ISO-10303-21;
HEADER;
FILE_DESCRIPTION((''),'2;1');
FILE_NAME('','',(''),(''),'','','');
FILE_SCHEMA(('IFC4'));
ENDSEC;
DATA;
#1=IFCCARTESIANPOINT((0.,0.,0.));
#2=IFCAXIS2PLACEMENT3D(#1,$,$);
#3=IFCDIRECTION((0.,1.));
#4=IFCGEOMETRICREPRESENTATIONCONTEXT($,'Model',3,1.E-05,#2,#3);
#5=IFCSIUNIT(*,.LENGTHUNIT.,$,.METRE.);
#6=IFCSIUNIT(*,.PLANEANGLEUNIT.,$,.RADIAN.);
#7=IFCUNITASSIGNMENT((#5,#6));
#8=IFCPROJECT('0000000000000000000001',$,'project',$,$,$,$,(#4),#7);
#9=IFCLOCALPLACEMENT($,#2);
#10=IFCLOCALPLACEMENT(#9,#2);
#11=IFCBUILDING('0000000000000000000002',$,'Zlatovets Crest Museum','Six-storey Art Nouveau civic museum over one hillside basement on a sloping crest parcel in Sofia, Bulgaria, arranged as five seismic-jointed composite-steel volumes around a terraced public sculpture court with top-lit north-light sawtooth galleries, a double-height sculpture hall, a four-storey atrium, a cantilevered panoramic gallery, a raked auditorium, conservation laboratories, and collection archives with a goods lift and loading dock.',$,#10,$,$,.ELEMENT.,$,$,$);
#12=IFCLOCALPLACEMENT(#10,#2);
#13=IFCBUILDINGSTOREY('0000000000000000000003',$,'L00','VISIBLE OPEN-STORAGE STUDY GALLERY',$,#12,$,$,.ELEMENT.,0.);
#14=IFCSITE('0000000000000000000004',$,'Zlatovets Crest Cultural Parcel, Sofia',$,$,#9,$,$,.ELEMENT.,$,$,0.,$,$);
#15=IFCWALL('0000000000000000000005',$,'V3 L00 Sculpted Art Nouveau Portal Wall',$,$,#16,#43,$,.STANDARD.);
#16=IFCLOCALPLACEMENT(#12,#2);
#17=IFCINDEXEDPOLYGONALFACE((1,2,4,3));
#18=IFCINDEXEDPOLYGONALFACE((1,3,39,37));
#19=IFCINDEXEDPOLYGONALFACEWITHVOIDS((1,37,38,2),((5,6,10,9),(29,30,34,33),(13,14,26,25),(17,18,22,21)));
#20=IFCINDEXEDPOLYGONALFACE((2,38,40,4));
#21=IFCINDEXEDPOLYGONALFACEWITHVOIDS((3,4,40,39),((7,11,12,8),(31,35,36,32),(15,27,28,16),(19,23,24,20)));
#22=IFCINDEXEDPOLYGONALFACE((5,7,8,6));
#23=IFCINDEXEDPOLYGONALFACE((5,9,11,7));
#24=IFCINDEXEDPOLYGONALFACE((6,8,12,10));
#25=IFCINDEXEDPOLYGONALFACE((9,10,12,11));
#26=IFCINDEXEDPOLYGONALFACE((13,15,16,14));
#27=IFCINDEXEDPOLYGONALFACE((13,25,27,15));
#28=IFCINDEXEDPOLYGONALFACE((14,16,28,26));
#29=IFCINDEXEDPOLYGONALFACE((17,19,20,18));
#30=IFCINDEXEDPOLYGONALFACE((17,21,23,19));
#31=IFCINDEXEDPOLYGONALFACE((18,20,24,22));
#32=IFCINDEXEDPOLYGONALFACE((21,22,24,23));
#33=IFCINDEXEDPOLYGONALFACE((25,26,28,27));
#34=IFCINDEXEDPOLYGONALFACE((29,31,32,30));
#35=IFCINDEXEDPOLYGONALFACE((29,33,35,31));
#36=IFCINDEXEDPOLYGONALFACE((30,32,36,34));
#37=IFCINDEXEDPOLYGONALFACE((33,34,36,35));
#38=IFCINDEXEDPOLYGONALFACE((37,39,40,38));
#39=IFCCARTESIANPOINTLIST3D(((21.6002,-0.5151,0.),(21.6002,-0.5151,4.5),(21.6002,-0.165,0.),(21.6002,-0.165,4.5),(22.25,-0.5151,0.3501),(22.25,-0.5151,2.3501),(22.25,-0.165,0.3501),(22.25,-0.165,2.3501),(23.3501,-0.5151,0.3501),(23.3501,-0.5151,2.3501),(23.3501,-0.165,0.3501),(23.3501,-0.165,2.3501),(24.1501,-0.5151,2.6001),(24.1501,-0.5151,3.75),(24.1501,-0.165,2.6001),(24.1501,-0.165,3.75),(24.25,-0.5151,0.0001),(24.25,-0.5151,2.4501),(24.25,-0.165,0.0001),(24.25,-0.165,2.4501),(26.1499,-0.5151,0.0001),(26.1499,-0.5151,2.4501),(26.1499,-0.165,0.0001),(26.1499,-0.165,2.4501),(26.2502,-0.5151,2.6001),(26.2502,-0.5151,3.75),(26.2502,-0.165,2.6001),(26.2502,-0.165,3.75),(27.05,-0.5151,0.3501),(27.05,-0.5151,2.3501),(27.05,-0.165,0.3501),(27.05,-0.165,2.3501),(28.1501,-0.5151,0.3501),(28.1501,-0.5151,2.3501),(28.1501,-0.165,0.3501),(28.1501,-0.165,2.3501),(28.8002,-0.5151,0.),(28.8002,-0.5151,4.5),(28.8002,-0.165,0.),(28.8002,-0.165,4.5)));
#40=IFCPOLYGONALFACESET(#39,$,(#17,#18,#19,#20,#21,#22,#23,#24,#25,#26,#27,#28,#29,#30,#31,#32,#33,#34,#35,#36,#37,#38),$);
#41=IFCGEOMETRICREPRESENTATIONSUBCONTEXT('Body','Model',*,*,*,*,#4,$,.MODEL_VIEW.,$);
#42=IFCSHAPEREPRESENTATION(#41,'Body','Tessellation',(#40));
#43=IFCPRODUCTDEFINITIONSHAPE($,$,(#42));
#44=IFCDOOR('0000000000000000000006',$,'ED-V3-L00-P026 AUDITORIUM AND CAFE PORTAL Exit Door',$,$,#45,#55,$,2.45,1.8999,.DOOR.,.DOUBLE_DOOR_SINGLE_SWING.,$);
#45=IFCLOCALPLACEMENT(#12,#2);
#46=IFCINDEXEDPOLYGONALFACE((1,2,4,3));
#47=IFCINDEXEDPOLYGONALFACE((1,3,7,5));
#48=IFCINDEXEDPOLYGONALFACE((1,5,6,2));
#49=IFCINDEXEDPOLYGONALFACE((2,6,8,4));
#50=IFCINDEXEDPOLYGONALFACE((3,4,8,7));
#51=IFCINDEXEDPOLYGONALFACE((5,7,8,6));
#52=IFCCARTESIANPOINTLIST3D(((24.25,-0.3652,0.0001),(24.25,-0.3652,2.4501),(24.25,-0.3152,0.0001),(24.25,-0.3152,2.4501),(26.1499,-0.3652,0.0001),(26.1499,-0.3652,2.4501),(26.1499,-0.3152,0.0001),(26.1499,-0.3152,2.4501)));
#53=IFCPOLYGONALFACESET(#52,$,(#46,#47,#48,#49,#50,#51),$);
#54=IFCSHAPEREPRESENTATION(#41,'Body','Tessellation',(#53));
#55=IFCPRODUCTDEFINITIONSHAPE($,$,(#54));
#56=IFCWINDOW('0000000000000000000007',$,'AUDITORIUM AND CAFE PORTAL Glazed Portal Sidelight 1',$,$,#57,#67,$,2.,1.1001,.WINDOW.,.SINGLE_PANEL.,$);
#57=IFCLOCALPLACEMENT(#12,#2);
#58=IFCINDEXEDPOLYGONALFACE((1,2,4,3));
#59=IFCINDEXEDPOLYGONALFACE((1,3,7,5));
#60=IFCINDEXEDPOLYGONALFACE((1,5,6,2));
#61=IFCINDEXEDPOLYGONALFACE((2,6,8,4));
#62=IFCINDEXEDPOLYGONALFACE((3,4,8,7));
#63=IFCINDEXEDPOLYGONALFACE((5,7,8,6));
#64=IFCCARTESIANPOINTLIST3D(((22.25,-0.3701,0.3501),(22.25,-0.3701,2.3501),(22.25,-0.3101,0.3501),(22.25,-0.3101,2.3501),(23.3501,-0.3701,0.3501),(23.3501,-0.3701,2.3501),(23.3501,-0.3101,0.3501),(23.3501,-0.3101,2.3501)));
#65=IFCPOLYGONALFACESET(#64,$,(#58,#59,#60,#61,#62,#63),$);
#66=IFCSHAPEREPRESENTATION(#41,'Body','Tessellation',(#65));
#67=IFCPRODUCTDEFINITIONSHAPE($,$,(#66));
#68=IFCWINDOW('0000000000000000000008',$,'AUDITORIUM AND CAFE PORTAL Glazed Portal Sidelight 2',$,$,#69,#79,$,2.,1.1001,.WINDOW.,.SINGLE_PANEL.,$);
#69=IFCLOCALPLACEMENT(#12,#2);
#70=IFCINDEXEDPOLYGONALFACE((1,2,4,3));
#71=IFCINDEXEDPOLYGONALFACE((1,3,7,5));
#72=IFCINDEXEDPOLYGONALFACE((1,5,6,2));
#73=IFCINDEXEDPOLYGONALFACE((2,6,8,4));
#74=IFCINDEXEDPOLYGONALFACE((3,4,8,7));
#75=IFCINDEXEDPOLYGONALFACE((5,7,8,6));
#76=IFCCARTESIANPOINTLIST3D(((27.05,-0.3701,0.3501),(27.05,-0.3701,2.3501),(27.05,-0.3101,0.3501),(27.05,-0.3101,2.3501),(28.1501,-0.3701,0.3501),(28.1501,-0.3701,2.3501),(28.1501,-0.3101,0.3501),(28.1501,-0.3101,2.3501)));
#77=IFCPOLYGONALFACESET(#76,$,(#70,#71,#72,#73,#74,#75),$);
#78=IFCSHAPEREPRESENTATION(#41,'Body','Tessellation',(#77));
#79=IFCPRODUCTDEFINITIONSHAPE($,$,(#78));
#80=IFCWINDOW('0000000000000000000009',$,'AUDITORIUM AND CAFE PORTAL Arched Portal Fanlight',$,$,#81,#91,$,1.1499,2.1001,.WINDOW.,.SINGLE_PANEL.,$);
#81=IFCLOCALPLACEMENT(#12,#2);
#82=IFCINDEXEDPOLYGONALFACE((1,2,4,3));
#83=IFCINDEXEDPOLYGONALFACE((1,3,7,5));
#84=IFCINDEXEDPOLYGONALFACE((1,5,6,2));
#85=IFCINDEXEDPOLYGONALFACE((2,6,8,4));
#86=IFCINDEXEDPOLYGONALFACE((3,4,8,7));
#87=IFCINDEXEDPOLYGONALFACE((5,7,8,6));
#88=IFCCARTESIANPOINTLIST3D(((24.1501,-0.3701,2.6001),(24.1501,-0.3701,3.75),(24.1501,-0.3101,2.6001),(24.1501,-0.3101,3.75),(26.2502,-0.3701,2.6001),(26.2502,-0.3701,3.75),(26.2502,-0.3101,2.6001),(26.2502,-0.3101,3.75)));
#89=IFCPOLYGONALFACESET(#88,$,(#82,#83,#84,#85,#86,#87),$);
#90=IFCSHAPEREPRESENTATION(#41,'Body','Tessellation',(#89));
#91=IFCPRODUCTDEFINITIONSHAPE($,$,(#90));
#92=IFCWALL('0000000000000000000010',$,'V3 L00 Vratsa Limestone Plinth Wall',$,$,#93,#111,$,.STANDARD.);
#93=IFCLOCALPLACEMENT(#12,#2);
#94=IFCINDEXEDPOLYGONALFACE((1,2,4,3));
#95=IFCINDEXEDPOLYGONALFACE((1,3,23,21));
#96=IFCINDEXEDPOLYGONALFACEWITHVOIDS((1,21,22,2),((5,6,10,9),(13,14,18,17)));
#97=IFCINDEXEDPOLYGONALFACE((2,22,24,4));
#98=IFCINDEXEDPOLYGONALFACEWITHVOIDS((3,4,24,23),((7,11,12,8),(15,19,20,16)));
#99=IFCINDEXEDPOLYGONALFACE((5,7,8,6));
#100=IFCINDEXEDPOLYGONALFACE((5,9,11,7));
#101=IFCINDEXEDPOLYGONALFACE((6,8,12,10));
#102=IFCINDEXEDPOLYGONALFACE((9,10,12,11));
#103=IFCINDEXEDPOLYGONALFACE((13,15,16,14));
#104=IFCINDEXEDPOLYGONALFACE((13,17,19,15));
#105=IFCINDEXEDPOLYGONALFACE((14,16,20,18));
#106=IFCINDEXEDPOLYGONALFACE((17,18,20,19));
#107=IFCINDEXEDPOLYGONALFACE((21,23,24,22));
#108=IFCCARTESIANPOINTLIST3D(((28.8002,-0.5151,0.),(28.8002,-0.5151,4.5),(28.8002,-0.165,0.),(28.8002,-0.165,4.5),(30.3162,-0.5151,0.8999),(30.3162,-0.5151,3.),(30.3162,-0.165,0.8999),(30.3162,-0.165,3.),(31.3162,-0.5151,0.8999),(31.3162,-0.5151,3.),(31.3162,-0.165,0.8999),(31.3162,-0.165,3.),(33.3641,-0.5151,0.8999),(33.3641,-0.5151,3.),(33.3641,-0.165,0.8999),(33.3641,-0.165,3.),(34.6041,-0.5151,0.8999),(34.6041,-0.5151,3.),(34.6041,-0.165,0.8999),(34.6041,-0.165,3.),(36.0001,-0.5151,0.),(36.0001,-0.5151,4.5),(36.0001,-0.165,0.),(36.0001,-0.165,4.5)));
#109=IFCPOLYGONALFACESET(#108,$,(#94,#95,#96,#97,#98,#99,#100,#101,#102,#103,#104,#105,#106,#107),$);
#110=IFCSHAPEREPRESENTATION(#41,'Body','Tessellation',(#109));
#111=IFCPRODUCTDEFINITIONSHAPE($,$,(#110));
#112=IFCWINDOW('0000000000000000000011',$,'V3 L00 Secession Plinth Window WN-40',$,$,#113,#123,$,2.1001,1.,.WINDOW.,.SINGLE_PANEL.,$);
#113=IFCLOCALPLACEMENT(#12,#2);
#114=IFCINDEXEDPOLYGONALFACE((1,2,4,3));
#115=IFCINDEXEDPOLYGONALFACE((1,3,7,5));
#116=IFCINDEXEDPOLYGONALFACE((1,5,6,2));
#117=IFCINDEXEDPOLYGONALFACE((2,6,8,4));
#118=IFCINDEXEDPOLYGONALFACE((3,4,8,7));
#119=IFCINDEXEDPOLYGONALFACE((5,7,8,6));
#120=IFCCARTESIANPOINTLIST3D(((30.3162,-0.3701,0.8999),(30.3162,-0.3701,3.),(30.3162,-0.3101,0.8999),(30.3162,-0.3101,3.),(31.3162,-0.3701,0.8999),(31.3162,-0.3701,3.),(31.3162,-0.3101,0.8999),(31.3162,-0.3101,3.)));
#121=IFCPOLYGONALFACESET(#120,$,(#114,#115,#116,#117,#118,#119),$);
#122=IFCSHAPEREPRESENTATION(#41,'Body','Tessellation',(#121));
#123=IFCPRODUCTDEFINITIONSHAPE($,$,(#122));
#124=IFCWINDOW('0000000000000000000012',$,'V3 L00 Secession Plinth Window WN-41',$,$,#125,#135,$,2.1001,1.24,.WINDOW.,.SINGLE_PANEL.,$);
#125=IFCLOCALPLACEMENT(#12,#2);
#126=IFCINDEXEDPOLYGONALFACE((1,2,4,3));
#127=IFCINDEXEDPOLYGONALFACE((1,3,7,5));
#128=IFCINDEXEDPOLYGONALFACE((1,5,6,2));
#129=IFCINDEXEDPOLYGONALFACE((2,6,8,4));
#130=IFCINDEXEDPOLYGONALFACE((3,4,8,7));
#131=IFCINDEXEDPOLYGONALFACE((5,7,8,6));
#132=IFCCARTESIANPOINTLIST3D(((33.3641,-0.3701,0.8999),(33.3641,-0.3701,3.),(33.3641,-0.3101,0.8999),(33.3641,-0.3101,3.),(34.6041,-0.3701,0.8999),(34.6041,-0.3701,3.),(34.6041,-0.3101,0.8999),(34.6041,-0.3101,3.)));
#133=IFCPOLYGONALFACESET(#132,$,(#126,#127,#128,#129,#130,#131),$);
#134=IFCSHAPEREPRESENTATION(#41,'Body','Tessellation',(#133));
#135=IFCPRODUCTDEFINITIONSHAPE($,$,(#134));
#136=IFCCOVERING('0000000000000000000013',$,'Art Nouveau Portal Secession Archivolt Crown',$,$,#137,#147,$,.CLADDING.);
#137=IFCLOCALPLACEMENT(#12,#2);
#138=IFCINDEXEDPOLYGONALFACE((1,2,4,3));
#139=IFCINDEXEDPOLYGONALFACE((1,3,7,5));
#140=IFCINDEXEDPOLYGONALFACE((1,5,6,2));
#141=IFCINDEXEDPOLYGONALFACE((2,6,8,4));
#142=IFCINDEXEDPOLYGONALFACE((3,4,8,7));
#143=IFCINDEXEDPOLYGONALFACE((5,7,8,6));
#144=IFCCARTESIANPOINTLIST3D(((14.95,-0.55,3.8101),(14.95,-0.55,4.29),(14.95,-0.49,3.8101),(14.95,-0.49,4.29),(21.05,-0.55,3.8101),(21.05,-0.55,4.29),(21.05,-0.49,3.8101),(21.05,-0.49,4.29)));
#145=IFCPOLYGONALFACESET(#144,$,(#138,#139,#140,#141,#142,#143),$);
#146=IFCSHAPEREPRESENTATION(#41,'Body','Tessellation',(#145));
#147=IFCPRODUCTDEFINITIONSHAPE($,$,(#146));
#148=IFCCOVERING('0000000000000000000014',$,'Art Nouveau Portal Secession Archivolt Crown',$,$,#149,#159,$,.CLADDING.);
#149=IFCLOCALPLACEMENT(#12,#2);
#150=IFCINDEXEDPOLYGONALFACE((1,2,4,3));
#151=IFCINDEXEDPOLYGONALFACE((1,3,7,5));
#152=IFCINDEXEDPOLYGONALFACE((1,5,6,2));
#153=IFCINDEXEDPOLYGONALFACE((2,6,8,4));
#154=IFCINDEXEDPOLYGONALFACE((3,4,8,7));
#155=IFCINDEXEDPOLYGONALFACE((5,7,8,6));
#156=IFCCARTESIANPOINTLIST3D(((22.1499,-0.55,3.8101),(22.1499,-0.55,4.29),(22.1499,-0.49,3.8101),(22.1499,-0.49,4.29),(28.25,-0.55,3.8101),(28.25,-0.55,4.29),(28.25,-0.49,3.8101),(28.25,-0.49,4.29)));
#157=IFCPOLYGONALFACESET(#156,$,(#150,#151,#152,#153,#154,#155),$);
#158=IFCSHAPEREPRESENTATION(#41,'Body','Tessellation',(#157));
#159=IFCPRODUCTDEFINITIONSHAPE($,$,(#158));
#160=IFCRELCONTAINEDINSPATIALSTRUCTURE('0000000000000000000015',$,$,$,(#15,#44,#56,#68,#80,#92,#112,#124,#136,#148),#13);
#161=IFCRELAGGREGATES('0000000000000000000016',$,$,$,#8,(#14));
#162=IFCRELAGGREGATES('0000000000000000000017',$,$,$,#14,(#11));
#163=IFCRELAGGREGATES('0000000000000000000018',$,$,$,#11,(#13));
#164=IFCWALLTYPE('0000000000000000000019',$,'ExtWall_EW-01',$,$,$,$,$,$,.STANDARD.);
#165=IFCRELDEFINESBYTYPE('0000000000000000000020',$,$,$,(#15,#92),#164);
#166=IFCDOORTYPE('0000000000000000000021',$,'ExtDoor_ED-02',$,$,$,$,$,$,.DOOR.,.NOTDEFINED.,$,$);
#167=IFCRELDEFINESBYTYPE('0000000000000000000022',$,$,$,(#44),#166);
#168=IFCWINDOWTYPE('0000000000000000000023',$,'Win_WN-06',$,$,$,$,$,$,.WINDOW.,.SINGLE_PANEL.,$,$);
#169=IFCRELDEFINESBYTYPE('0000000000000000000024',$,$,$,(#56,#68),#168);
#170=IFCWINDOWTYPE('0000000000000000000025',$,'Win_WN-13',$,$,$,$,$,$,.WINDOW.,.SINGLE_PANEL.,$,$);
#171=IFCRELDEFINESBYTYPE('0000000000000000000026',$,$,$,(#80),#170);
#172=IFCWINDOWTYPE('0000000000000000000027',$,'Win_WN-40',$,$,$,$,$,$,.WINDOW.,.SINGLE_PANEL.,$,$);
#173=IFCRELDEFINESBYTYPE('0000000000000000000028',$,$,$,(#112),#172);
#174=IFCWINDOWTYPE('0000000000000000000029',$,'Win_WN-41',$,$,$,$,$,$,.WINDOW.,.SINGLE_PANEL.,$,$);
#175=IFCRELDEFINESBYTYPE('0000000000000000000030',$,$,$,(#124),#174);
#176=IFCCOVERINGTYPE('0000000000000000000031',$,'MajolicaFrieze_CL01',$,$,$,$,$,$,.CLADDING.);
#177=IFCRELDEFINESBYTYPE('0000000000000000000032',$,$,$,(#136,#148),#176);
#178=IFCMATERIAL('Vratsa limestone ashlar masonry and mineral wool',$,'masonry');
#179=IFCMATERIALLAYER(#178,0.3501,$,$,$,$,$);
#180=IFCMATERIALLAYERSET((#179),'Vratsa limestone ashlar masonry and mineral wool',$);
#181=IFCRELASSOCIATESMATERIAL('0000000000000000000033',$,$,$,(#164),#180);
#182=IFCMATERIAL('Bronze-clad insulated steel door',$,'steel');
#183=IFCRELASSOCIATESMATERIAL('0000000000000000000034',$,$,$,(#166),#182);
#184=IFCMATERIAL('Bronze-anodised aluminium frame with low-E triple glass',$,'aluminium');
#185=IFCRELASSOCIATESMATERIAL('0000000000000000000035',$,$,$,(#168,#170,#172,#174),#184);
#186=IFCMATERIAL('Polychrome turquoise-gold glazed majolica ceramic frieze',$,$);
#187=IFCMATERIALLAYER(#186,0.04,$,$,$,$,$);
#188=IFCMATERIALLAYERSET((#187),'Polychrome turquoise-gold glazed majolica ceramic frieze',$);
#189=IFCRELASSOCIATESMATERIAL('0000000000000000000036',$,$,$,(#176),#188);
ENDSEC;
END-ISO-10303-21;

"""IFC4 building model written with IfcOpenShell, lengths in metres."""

from ifc_helpers import new_model, si_unit, direction, frame, frame_2d, origin, origin_2d, place, context, subcontext, project, spatial, rectangle, extrude, material, layer, layer_set, type_object, element, fill, save


model = new_model("IFC4")

# Units and contexts
model_context = context("Model", 3, precision=1e-05, world=origin(), true_north=direction((0.0, 1.0)))
body_context = subcontext(model_context, "Body", "Model", "MODEL_VIEW")
ifc_project = project(units=[si_unit("LENGTHUNIT", "METRE"), si_unit("PLANEANGLEUNIT", "RADIAN")], contexts=[model_context])

# Site, building, storey
site_placement = place(None, origin())
site = spatial("IfcSite", under=ifc_project, at=site_placement, Name="Zlatovets Crest Cultural Parcel, Sofia", CompositionType="ELEMENT", RefElevation=0.0)
building_placement = place(site_placement, origin())
building = spatial("IfcBuilding", under=site, at=building_placement, Name="Zlatovets Crest Museum", Description="Six-storey Art Nouveau civic museum over one hillside basement on a sloping crest parcel in Sofia, Bulgaria, arranged as five seismic-jointed composite-steel volumes around a terraced public sculpture court with top-lit north-light sawtooth galleries, a double-height sculpture hall, a four-storey atrium, a cantilevered panoramic gallery, a raked auditorium, conservation laboratories, and collection archives with a goods lift and loading dock.", CompositionType="ELEMENT")
storey_placement = place(building_placement, origin())
storey = spatial("IfcBuildingStorey", under=building, at=storey_placement, Name="L00", Description="VISIBLE OPEN-STORAGE STUDY GALLERY", CompositionType="ELEMENT", Elevation=0.0)

# Wall, openings, door, windows
ifc_material_1 = material(Name="Vratsa limestone ashlar masonry and mineral wool", Category="masonry")
ifc_layer_1 = layer(ifc_material_1, 0.3501)
ifc_layer_set_1 = layer_set([ifc_layer_1], Name="Vratsa limestone ashlar masonry and mineral wool")
wall_type = type_object("IfcWallType", Name="ExtWall_EW-01", PredefinedType="STANDARD", material=ifc_layer_set_1)
wall_1_placement = place(storey_placement, frame((21.6001, -0.3401, 0.0), z_axis=(0.0, 0.0, 1.0), x_axis=(1.0, 0.0, 0.0)))
wall_1 = element("IfcWall", 1, at=wall_1_placement, inside=storey, type_object=wall_type, Name="V3 L00 Sculpted Art Nouveau Portal Wall", PredefinedType="STANDARD", context=body_context, shape_type="SweptSolid", body=[
    extrude(rectangle(XDim=7.2, YDim=0.3501, at=frame_2d((3.6001, 0.0))), origin(), (0.0, 0.0, 1.0), 4.5),
])
opening_1_placement = place(wall_1_placement, frame((2.6499, 0.0, 0.0)))
opening_1 = element("IfcOpeningElement", 2, at=opening_1_placement, cuts=wall_1, PredefinedType="OPENING", context=body_context, shape_type="SweptSolid", body=[
    extrude(rectangle(XDim=1.8999, YDim=2.45, at=frame_2d((0.95, 1.2251))), frame((0.0, 0.1851, 0.0), z_axis=(0.0, -1.0, 0.0), x_axis=(1.0, 0.0, 0.0)), (0.0, 0.0, 1.0), 0.3701),
])
opening_2_placement = place(wall_1_placement, frame((2.55, 0.0, 2.6001)))
opening_2 = element("IfcOpeningElement", 3, at=opening_2_placement, cuts=wall_1, PredefinedType="OPENING", context=body_context, shape_type="SweptSolid", body=[
    extrude(rectangle(XDim=2.1001, YDim=1.1499, at=frame_2d((1.05, 0.575))), frame((0.0, 0.1851, 0.0), z_axis=(0.0, -1.0, 0.0), x_axis=(1.0, 0.0, 0.0)), (0.0, 0.0, 1.0), 0.3701),
])
opening_3_placement = place(wall_1_placement, frame((0.6499, 0.0, 0.3501)))
opening_3 = element("IfcOpeningElement", 4, at=opening_3_placement, cuts=wall_1, PredefinedType="OPENING", context=body_context, shape_type="SweptSolid", body=[
    extrude(rectangle(XDim=1.1001, YDim=2.0, at=frame_2d((0.55, 1.0))), frame((0.0, 0.1851, 0.0), z_axis=(0.0, -1.0, 0.0), x_axis=(1.0, 0.0, 0.0)), (0.0, 0.0, 1.0), 0.3701),
])
opening_4_placement = place(wall_1_placement, frame((5.45, 0.0, 0.3501)))
opening_4 = element("IfcOpeningElement", 5, at=opening_4_placement, cuts=wall_1, PredefinedType="OPENING", context=body_context, shape_type="SweptSolid", body=[
    extrude(rectangle(XDim=1.1001, YDim=2.0, at=frame_2d((0.55, 1.0))), frame((0.0, 0.1851, 0.0), z_axis=(0.0, -1.0, 0.0), x_axis=(1.0, 0.0, 0.0)), (0.0, 0.0, 1.0), 0.3701),
])
ifc_material_2 = material(Name="Bronze-clad insulated steel door", Category="steel")
door_type = type_object("IfcDoorType", Name="ExtDoor_ED-02", OperationType="NOTDEFINED", PredefinedType="DOOR", material=ifc_material_2)
door_placement = place(opening_1_placement, origin())
door = element("IfcDoor", 6, at=door_placement, inside=storey, type_object=door_type, Name="ED-V3-L00-P026 AUDITORIUM AND CAFE PORTAL Exit Door", OperationType="DOUBLE_DOOR_SINGLE_SWING", OverallHeight=2.45, OverallWidth=1.8999, PredefinedType="DOOR", context=body_context, shape_type="SweptSolid", body=[
    extrude(rectangle(XDim=1.8999, YDim=2.45, at=frame_2d((0.95, 1.2251))), frame((0.0, 0.0249, 0.0), z_axis=(0.0, -1.0, 0.0), x_axis=(1.0, 0.0, 0.0)), (0.0, 0.0, 1.0), 0.05),
])
fill(opening_1, door)
ifc_material_3 = material(Name="Bronze-anodised aluminium frame with low-E triple glass", Category="aluminium")
window_type_1 = type_object("IfcWindowType", Name="Win_WN-06", PartitioningType="SINGLE_PANEL", PredefinedType="WINDOW", material=ifc_material_3)
window_1_placement = place(opening_3_placement, origin())
window_1 = element("IfcWindow", 7, at=window_1_placement, inside=storey, type_object=window_type_1, Name="AUDITORIUM AND CAFE PORTAL Glazed Portal Sidelight 1", OverallHeight=2.0, OverallWidth=1.1001, PartitioningType="SINGLE_PANEL", PredefinedType="WINDOW", context=body_context, shape_type="SweptSolid", body=[
    extrude(rectangle(XDim=1.1001, YDim=2.0, at=frame_2d((0.55, 1.0))), frame((0.0, 0.03, 0.0), z_axis=(0.0, -1.0, 0.0), x_axis=(1.0, 0.0, 0.0)), (0.0, 0.0, 1.0), 0.0601),
])
fill(opening_3, window_1)
window_2_placement = place(opening_4_placement, origin())
window_2 = element("IfcWindow", 8, at=window_2_placement, inside=storey, type_object=window_type_1, Name="AUDITORIUM AND CAFE PORTAL Glazed Portal Sidelight 2", OverallHeight=2.0, OverallWidth=1.1001, PartitioningType="SINGLE_PANEL", PredefinedType="WINDOW", context=body_context, shape_type="SweptSolid", body=[
    extrude(rectangle(XDim=1.1001, YDim=2.0, at=frame_2d((0.55, 1.0))), frame((0.0, 0.03, 0.0), z_axis=(0.0, -1.0, 0.0), x_axis=(1.0, 0.0, 0.0)), (0.0, 0.0, 1.0), 0.0601),
])
fill(opening_4, window_2)
window_type_2 = type_object("IfcWindowType", Name="Win_WN-13", PartitioningType="SINGLE_PANEL", PredefinedType="WINDOW", material=ifc_material_3)
window_3_placement = place(opening_2_placement, origin())
window_3 = element("IfcWindow", 9, at=window_3_placement, inside=storey, type_object=window_type_2, Name="AUDITORIUM AND CAFE PORTAL Arched Portal Fanlight", OverallHeight=1.1499, OverallWidth=2.1001, PartitioningType="SINGLE_PANEL", PredefinedType="WINDOW", context=body_context, shape_type="SweptSolid", body=[
    extrude(rectangle(XDim=2.1001, YDim=1.1499, at=frame_2d((1.05, 0.575))), frame((0.0, 0.03, 0.0), z_axis=(0.0, -1.0, 0.0), x_axis=(1.0, 0.0, 0.0)), (0.0, 0.0, 1.0), 0.0601),
])
fill(opening_2, window_3)

# Wall, openings, windows
wall_2_placement = place(storey_placement, frame((28.8, -0.3401, 0.0), z_axis=(0.0, 0.0, 1.0), x_axis=(1.0, 0.0, 0.0)))
wall_2 = element("IfcWall", 10, at=wall_2_placement, inside=storey, type_object=wall_type, Name="V3 L00 Vratsa Limestone Plinth Wall", PredefinedType="STANDARD", context=body_context, shape_type="SweptSolid", body=[
    extrude(rectangle(XDim=7.2, YDim=0.3501, at=frame_2d((3.6001, 0.0))), origin(), (0.0, 0.0, 1.0), 4.5),
])
opening_5_placement = place(wall_2_placement, frame((1.5161, 0.0, 0.8999)))
opening_5 = element("IfcOpeningElement", 11, at=opening_5_placement, cuts=wall_2, PredefinedType="OPENING", context=body_context, shape_type="SweptSolid", body=[
    extrude(rectangle(XDim=1.0, YDim=2.1001, at=frame_2d((0.5, 1.05))), frame((0.0, 0.1851, 0.0), z_axis=(0.0, -1.0, 0.0), x_axis=(1.0, 0.0, 0.0)), (0.0, 0.0, 1.0), 0.3701),
])
opening_6_placement = place(wall_2_placement, frame((4.564, 0.0, 0.8999)))
opening_6 = element("IfcOpeningElement", 12, at=opening_6_placement, cuts=wall_2, PredefinedType="OPENING", context=body_context, shape_type="SweptSolid", body=[
    extrude(rectangle(XDim=1.24, YDim=2.1001, at=frame_2d((0.6201, 1.05))), frame((0.0, 0.1851, 0.0), z_axis=(0.0, -1.0, 0.0), x_axis=(1.0, 0.0, 0.0)), (0.0, 0.0, 1.0), 0.3701),
])
window_type_3 = type_object("IfcWindowType", Name="Win_WN-40", PartitioningType="SINGLE_PANEL", PredefinedType="WINDOW", material=ifc_material_3)
window_4_placement = place(opening_5_placement, origin())
window_4 = element("IfcWindow", 13, at=window_4_placement, inside=storey, type_object=window_type_3, Name="V3 L00 Secession Plinth Window WN-40", OverallHeight=2.1001, OverallWidth=1.0, PartitioningType="SINGLE_PANEL", PredefinedType="WINDOW", context=body_context, shape_type="SweptSolid", body=[
    extrude(rectangle(XDim=1.0, YDim=2.1001, at=frame_2d((0.5, 1.05))), frame((0.0, 0.03, 0.0), z_axis=(0.0, -1.0, 0.0), x_axis=(1.0, 0.0, 0.0)), (0.0, 0.0, 1.0), 0.0601),
])
fill(opening_5, window_4)
window_type_4 = type_object("IfcWindowType", Name="Win_WN-41", PartitioningType="SINGLE_PANEL", PredefinedType="WINDOW", material=ifc_material_3)
window_5_placement = place(opening_6_placement, origin())
window_5 = element("IfcWindow", 14, at=window_5_placement, inside=storey, type_object=window_type_4, Name="V3 L00 Secession Plinth Window WN-41", OverallHeight=2.1001, OverallWidth=1.24, PartitioningType="SINGLE_PANEL", PredefinedType="WINDOW", context=body_context, shape_type="SweptSolid", body=[
    extrude(rectangle(XDim=1.24, YDim=2.1001, at=frame_2d((0.6201, 1.05))), frame((0.0, 0.03, 0.0), z_axis=(0.0, -1.0, 0.0), x_axis=(1.0, 0.0, 0.0)), (0.0, 0.0, 1.0), 0.0601),
])
fill(opening_6, window_5)

# Coverings
ifc_material_4 = material(Name="Polychrome turquoise-gold glazed majolica ceramic frieze")
ifc_layer_2 = layer(ifc_material_4, 0.04)
ifc_layer_set_2 = layer_set([ifc_layer_2], Name="Polychrome turquoise-gold glazed majolica ceramic frieze")
covering_type = type_object("IfcCoveringType", Name="MajolicaFrieze_CL01", PredefinedType="CLADDING", material=ifc_layer_set_2)
for number, where, z_axis, x_axis, name in (
    (15, (18.0, -0.52, 3.8101), (0.0, 0.0, 1.0), (1.0, 0.0, 0.0), "Art Nouveau Portal Secession Archivolt Crown"),
    (16, (25.2, -0.52, 3.8101), (0.0, 0.0, 1.0), (1.0, 0.0, 0.0), "Art Nouveau Portal Secession Archivolt Crown"),
):
    element("IfcCovering", number, at=place(storey_placement, frame(where, z_axis=z_axis, x_axis=x_axis)), inside=storey, type_object=covering_type, Name=name, PredefinedType="CLADDING", context=body_context, shape_type="SweptSolid", body=[
        extrude(rectangle(XDim=6.1001, YDim=0.0601, at=origin_2d()), origin(), (0.0, 0.0, 1.0), 0.48),
    ])

save(model, "model.ifc")
